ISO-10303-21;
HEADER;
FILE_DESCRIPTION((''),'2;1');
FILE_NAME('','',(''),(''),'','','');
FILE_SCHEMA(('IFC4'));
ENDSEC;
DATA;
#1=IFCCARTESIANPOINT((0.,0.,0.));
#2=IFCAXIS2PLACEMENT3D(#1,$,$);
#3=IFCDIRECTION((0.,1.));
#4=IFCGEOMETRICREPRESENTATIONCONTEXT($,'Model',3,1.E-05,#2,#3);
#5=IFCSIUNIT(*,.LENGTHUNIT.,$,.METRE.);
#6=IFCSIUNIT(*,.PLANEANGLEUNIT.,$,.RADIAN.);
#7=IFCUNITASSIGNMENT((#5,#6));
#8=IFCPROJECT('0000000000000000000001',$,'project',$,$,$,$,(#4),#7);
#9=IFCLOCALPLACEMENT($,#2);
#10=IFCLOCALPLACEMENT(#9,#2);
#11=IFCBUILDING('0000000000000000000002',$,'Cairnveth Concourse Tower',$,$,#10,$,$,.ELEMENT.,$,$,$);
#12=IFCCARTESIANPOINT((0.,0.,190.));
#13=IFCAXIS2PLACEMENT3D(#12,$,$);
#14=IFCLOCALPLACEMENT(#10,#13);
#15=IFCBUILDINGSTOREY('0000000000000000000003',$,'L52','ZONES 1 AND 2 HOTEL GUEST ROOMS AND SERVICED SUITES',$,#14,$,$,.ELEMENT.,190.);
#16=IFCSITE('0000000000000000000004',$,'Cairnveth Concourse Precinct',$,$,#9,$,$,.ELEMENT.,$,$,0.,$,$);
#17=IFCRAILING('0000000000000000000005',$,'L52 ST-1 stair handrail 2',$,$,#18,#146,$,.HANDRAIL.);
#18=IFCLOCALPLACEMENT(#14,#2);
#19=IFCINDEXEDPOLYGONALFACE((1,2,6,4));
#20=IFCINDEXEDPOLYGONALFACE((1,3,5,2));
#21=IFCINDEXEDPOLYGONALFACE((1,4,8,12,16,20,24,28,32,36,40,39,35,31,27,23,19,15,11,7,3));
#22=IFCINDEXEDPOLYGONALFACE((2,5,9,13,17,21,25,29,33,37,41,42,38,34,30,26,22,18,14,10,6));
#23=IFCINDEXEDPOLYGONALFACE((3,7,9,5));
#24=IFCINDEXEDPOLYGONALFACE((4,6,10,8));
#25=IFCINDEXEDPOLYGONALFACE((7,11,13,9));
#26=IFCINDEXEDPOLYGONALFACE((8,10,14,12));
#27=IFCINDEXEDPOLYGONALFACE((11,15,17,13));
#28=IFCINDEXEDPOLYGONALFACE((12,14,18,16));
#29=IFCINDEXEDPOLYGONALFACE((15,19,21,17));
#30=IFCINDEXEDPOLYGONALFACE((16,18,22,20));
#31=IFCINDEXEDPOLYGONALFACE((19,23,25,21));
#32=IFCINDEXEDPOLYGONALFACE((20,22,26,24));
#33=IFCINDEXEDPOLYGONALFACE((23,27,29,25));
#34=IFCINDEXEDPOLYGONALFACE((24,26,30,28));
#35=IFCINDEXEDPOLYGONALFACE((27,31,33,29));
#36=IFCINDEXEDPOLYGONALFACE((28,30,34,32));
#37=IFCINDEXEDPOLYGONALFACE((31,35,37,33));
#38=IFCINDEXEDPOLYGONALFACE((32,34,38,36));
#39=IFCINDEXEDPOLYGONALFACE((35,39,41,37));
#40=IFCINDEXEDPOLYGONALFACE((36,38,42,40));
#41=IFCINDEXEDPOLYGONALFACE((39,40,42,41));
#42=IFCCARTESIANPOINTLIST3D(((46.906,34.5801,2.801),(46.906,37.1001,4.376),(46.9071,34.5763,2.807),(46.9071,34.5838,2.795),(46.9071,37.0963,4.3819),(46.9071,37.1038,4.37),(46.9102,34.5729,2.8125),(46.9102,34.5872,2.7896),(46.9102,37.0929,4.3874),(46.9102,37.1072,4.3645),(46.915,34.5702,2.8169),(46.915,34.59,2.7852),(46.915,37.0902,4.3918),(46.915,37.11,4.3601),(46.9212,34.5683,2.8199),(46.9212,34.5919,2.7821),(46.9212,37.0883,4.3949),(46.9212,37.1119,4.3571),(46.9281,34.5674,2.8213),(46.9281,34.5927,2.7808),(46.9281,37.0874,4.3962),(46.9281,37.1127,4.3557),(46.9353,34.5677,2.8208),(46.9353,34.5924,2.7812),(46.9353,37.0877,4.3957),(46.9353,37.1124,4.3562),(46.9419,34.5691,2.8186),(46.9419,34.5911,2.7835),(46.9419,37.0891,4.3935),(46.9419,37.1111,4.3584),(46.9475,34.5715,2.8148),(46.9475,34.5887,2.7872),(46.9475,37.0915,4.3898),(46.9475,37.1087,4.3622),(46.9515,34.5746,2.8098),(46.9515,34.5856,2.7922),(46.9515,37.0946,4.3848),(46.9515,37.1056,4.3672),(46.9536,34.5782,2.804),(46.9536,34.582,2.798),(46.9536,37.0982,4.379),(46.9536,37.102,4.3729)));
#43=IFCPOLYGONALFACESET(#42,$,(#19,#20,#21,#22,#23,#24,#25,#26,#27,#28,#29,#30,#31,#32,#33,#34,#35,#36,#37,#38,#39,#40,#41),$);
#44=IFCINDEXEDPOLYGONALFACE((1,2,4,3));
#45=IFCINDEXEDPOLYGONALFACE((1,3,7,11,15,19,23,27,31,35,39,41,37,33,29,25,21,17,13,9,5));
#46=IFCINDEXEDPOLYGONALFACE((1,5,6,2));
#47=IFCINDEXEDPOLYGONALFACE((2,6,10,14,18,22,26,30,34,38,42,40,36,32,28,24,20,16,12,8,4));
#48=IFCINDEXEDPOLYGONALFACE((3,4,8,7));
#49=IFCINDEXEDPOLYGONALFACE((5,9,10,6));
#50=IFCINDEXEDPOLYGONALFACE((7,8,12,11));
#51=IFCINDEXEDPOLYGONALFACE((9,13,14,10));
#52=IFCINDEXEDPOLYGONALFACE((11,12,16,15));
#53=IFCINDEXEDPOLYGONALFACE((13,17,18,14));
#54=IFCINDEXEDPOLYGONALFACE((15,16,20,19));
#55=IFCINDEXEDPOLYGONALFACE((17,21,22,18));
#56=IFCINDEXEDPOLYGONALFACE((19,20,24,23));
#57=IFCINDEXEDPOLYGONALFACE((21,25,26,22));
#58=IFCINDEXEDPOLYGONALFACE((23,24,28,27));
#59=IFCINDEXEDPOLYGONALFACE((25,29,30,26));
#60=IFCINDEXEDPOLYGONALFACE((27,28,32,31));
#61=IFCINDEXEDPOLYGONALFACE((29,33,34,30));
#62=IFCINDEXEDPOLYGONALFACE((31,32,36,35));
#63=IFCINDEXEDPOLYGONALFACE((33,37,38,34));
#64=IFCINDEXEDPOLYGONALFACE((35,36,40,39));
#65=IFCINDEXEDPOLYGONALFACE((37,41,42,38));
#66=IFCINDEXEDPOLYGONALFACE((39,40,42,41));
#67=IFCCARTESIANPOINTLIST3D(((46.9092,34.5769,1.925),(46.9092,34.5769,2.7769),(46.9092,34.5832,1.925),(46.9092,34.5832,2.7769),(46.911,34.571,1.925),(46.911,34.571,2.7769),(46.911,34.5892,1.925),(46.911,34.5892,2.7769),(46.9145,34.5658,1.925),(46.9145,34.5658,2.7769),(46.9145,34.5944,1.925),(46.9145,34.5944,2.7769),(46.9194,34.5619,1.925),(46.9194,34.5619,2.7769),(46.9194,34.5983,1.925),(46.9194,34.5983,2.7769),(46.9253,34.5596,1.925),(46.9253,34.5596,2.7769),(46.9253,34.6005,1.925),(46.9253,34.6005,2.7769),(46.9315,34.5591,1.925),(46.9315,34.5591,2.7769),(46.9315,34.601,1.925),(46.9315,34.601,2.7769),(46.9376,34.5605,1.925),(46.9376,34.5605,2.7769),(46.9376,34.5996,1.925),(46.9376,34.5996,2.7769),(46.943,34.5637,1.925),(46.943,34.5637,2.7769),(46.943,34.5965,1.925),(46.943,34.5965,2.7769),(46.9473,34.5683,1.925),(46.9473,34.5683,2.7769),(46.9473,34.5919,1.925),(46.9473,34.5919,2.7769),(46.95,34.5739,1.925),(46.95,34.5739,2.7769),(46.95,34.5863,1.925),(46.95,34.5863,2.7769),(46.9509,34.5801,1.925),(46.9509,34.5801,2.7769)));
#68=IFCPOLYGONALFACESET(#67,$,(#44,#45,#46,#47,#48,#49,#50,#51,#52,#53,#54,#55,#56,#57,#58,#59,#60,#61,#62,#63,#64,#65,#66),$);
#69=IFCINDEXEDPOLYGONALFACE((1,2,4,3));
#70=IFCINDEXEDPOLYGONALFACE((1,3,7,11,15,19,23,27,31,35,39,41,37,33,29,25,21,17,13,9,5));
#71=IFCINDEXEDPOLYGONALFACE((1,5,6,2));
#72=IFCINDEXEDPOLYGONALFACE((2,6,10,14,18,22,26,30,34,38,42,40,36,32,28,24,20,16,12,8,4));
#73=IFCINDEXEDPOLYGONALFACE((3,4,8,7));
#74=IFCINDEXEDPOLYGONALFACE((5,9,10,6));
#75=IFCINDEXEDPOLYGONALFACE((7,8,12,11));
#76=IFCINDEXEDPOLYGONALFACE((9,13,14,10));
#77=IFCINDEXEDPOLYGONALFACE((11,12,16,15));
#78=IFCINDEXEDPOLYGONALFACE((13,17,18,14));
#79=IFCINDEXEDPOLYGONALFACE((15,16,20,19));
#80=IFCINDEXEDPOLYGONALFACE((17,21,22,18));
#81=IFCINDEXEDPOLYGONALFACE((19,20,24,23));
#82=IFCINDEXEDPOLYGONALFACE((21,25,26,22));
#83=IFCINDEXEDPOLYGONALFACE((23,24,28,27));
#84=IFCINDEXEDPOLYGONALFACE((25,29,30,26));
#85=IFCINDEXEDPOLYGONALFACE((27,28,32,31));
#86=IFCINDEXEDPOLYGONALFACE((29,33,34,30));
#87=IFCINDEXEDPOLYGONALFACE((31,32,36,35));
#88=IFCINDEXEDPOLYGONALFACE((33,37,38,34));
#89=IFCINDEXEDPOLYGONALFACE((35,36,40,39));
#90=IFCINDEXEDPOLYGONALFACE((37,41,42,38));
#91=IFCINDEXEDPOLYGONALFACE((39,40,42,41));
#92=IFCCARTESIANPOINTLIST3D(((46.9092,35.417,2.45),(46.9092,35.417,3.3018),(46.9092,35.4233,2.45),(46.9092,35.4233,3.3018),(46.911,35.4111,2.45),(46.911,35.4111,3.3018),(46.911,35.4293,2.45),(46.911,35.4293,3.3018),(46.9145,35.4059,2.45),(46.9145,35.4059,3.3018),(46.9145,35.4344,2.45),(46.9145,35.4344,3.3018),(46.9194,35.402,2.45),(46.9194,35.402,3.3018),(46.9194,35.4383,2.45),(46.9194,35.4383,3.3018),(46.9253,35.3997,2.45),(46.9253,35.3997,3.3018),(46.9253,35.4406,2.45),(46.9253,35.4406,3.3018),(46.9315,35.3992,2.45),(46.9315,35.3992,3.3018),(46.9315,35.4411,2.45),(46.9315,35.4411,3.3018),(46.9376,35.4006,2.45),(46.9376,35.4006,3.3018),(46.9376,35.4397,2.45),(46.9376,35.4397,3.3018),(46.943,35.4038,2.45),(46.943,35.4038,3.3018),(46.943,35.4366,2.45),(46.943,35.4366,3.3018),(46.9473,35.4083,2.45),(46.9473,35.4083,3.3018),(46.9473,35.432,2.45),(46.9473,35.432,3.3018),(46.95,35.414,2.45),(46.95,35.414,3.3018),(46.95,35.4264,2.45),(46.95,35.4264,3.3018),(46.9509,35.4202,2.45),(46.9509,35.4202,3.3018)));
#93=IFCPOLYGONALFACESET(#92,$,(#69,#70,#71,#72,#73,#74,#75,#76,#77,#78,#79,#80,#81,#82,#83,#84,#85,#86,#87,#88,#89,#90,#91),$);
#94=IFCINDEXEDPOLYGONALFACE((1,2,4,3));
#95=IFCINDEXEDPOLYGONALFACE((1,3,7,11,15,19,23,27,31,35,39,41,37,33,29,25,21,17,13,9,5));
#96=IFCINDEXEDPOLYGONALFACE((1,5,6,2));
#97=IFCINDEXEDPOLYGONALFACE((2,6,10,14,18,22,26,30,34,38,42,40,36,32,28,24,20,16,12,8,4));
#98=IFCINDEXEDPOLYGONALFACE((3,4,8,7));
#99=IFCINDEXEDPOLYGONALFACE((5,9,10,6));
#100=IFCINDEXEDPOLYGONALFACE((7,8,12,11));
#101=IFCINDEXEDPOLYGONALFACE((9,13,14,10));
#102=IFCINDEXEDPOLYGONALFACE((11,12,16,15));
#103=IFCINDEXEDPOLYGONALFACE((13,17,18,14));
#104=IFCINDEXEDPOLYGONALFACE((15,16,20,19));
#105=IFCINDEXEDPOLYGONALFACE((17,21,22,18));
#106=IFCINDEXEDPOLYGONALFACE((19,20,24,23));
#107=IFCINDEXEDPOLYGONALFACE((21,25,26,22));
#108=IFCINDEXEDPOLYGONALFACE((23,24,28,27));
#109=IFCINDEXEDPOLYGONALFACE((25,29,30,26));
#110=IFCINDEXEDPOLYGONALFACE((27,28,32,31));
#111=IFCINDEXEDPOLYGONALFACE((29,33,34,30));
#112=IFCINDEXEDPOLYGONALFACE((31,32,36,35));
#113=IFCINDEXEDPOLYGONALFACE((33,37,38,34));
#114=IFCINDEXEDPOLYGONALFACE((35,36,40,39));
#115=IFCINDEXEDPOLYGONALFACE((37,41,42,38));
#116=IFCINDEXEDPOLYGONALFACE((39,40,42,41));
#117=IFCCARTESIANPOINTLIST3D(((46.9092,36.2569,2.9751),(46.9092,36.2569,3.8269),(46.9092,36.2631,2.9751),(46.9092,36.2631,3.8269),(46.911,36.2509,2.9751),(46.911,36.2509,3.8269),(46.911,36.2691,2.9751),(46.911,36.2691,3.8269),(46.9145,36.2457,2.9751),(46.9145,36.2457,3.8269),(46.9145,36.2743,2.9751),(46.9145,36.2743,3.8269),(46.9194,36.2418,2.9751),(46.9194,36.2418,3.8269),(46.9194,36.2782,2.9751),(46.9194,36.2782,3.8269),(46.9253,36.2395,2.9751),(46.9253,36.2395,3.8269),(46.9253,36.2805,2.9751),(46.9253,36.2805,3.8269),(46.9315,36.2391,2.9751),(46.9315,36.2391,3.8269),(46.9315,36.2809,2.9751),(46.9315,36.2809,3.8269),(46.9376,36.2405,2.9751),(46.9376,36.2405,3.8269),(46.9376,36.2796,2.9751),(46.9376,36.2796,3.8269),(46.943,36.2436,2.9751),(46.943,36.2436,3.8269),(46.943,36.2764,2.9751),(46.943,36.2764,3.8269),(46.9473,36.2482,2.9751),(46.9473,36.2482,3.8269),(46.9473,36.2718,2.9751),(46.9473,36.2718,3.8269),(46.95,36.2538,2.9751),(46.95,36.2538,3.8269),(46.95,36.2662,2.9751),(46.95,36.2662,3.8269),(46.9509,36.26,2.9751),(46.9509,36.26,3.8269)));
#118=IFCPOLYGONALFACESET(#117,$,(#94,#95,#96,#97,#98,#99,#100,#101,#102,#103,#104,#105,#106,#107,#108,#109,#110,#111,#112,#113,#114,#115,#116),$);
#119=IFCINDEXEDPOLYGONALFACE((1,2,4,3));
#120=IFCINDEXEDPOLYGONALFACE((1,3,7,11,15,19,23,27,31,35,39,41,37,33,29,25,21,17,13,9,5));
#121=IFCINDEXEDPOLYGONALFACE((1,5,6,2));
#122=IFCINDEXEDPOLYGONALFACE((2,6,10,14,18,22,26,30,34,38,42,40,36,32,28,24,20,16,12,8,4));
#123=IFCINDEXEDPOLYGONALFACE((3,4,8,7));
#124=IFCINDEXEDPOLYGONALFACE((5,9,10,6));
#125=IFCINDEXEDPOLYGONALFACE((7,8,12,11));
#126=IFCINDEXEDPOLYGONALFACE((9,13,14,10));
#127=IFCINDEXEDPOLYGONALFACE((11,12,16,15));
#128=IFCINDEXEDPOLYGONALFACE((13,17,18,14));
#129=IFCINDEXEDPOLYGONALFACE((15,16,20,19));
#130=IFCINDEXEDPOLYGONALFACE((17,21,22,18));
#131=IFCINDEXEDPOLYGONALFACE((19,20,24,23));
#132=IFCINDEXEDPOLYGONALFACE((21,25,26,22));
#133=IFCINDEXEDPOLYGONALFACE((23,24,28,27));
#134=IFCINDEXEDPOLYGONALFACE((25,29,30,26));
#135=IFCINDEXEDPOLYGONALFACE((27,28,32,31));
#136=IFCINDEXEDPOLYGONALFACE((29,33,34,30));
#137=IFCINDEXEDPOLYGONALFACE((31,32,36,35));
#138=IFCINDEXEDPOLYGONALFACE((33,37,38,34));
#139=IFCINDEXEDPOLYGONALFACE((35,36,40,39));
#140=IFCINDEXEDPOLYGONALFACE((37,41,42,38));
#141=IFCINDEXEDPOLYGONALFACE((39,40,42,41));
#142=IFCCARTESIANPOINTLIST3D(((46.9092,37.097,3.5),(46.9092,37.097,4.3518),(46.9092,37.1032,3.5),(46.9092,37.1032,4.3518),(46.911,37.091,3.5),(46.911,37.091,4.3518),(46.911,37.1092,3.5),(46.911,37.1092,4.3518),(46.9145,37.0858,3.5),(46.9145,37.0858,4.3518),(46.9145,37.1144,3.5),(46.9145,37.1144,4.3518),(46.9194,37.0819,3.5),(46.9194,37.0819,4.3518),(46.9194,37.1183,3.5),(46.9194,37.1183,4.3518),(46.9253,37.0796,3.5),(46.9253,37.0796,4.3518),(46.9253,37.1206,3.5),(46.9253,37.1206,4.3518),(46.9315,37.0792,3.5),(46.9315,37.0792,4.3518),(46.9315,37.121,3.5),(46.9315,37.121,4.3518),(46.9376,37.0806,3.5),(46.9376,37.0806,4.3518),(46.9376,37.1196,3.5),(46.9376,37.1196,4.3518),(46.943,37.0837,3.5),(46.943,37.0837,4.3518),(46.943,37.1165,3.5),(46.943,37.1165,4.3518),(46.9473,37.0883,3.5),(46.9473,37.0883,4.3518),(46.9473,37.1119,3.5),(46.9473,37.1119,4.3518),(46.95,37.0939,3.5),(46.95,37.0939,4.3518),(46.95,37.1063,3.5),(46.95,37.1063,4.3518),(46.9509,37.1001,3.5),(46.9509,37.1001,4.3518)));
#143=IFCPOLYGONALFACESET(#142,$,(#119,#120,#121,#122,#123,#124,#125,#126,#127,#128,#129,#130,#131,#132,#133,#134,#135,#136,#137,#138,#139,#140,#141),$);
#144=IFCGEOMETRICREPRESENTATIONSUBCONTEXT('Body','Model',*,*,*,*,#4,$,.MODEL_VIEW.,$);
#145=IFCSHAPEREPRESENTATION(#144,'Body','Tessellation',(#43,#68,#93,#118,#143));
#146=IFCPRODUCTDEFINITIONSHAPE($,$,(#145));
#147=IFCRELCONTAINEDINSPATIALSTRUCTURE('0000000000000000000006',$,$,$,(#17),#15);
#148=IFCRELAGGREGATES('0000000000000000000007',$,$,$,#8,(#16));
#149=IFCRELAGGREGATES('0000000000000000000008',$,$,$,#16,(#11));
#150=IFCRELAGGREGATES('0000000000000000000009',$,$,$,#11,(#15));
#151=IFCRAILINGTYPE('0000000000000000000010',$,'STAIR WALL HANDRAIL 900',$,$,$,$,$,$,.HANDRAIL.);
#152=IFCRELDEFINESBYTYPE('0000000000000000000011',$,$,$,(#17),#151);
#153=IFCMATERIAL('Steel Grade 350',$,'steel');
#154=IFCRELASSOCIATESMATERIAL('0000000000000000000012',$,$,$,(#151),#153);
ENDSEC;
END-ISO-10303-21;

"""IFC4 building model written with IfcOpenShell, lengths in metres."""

from ifc_helpers import new_model, si_unit, direction, frame, origin, origin_2d, place, context, subcontext, project, spatial, circle, extrude, material, type_object, element, save


model = new_model("IFC4")

# Units and contexts
model_context = context("Model", 3, precision=1e-05, world=origin(), true_north=direction((0.0, 1.0)))
body_context = subcontext(model_context, "Body", "Model", "MODEL_VIEW")
ifc_project = project(units=[si_unit("LENGTHUNIT", "METRE"), si_unit("PLANEANGLEUNIT", "RADIAN")], contexts=[model_context])

# Site, building, storey
site_placement = place(None, origin())
site = spatial("IfcSite", under=ifc_project, at=site_placement, Name="Cairnveth Concourse Precinct", CompositionType="ELEMENT", RefElevation=0.0)
building_placement = place(site_placement, origin())
building = spatial("IfcBuilding", under=site, at=building_placement, Name="Cairnveth Concourse Tower", CompositionType="ELEMENT")
storey_placement = place(building_placement, frame((0.0, 0.0, 190.0)))
storey = spatial("IfcBuildingStorey", under=building, at=storey_placement, Name="L52", Description="ZONES 1 AND 2 HOTEL GUEST ROOMS AND SERVICED SUITES", CompositionType="ELEMENT", Elevation=190.0)

# Shared definitions
ifc_material_1 = material(Name="Steel Grade 350", Category="steel")

# Railing
railing_type_1 = type_object("IfcRailingType", Name="STAIR WALL HANDRAIL 900", PredefinedType="HANDRAIL", material=ifc_material_1)
railing_1_placement = place(storey_placement, frame((46.9299, 34.5801, 1.925)))
element("IfcRailing", 1, at=railing_1_placement, inside=storey, type_object=railing_type_1, Name="L52 ST-1 stair handrail 2", PredefinedType="HANDRAIL", context=body_context, shape_type="SweptSolid", body=[
    extrude(circle(Radius=0.0239, at=origin_2d()), frame((0.0, 0.0, 0.876), z_axis=(0.0, 0.848008, 0.529984), x_axis=(-1.0, 0.0, 0.0)), (0.0, 0.0, 1.0), 2.9717),
    extrude(circle(Radius=0.021, at=origin_2d()), origin(), (0.0, 0.0, 1.0), 0.8518),
    extrude(circle(Radius=0.021, at=origin_2d()), frame((0.0, 0.8401, 0.5249)), (0.0, 0.0, 1.0), 0.8518),
    extrude(circle(Radius=0.021, at=origin_2d()), frame((0.0, 1.6799, 1.05)), (0.0, 0.0, 1.0), 0.8518),
    extrude(circle(Radius=0.021, at=origin_2d()), frame((0.0, 2.52, 1.575)), (0.0, 0.0, 1.0), 0.8518),
])

save(model, "model.ifc")
